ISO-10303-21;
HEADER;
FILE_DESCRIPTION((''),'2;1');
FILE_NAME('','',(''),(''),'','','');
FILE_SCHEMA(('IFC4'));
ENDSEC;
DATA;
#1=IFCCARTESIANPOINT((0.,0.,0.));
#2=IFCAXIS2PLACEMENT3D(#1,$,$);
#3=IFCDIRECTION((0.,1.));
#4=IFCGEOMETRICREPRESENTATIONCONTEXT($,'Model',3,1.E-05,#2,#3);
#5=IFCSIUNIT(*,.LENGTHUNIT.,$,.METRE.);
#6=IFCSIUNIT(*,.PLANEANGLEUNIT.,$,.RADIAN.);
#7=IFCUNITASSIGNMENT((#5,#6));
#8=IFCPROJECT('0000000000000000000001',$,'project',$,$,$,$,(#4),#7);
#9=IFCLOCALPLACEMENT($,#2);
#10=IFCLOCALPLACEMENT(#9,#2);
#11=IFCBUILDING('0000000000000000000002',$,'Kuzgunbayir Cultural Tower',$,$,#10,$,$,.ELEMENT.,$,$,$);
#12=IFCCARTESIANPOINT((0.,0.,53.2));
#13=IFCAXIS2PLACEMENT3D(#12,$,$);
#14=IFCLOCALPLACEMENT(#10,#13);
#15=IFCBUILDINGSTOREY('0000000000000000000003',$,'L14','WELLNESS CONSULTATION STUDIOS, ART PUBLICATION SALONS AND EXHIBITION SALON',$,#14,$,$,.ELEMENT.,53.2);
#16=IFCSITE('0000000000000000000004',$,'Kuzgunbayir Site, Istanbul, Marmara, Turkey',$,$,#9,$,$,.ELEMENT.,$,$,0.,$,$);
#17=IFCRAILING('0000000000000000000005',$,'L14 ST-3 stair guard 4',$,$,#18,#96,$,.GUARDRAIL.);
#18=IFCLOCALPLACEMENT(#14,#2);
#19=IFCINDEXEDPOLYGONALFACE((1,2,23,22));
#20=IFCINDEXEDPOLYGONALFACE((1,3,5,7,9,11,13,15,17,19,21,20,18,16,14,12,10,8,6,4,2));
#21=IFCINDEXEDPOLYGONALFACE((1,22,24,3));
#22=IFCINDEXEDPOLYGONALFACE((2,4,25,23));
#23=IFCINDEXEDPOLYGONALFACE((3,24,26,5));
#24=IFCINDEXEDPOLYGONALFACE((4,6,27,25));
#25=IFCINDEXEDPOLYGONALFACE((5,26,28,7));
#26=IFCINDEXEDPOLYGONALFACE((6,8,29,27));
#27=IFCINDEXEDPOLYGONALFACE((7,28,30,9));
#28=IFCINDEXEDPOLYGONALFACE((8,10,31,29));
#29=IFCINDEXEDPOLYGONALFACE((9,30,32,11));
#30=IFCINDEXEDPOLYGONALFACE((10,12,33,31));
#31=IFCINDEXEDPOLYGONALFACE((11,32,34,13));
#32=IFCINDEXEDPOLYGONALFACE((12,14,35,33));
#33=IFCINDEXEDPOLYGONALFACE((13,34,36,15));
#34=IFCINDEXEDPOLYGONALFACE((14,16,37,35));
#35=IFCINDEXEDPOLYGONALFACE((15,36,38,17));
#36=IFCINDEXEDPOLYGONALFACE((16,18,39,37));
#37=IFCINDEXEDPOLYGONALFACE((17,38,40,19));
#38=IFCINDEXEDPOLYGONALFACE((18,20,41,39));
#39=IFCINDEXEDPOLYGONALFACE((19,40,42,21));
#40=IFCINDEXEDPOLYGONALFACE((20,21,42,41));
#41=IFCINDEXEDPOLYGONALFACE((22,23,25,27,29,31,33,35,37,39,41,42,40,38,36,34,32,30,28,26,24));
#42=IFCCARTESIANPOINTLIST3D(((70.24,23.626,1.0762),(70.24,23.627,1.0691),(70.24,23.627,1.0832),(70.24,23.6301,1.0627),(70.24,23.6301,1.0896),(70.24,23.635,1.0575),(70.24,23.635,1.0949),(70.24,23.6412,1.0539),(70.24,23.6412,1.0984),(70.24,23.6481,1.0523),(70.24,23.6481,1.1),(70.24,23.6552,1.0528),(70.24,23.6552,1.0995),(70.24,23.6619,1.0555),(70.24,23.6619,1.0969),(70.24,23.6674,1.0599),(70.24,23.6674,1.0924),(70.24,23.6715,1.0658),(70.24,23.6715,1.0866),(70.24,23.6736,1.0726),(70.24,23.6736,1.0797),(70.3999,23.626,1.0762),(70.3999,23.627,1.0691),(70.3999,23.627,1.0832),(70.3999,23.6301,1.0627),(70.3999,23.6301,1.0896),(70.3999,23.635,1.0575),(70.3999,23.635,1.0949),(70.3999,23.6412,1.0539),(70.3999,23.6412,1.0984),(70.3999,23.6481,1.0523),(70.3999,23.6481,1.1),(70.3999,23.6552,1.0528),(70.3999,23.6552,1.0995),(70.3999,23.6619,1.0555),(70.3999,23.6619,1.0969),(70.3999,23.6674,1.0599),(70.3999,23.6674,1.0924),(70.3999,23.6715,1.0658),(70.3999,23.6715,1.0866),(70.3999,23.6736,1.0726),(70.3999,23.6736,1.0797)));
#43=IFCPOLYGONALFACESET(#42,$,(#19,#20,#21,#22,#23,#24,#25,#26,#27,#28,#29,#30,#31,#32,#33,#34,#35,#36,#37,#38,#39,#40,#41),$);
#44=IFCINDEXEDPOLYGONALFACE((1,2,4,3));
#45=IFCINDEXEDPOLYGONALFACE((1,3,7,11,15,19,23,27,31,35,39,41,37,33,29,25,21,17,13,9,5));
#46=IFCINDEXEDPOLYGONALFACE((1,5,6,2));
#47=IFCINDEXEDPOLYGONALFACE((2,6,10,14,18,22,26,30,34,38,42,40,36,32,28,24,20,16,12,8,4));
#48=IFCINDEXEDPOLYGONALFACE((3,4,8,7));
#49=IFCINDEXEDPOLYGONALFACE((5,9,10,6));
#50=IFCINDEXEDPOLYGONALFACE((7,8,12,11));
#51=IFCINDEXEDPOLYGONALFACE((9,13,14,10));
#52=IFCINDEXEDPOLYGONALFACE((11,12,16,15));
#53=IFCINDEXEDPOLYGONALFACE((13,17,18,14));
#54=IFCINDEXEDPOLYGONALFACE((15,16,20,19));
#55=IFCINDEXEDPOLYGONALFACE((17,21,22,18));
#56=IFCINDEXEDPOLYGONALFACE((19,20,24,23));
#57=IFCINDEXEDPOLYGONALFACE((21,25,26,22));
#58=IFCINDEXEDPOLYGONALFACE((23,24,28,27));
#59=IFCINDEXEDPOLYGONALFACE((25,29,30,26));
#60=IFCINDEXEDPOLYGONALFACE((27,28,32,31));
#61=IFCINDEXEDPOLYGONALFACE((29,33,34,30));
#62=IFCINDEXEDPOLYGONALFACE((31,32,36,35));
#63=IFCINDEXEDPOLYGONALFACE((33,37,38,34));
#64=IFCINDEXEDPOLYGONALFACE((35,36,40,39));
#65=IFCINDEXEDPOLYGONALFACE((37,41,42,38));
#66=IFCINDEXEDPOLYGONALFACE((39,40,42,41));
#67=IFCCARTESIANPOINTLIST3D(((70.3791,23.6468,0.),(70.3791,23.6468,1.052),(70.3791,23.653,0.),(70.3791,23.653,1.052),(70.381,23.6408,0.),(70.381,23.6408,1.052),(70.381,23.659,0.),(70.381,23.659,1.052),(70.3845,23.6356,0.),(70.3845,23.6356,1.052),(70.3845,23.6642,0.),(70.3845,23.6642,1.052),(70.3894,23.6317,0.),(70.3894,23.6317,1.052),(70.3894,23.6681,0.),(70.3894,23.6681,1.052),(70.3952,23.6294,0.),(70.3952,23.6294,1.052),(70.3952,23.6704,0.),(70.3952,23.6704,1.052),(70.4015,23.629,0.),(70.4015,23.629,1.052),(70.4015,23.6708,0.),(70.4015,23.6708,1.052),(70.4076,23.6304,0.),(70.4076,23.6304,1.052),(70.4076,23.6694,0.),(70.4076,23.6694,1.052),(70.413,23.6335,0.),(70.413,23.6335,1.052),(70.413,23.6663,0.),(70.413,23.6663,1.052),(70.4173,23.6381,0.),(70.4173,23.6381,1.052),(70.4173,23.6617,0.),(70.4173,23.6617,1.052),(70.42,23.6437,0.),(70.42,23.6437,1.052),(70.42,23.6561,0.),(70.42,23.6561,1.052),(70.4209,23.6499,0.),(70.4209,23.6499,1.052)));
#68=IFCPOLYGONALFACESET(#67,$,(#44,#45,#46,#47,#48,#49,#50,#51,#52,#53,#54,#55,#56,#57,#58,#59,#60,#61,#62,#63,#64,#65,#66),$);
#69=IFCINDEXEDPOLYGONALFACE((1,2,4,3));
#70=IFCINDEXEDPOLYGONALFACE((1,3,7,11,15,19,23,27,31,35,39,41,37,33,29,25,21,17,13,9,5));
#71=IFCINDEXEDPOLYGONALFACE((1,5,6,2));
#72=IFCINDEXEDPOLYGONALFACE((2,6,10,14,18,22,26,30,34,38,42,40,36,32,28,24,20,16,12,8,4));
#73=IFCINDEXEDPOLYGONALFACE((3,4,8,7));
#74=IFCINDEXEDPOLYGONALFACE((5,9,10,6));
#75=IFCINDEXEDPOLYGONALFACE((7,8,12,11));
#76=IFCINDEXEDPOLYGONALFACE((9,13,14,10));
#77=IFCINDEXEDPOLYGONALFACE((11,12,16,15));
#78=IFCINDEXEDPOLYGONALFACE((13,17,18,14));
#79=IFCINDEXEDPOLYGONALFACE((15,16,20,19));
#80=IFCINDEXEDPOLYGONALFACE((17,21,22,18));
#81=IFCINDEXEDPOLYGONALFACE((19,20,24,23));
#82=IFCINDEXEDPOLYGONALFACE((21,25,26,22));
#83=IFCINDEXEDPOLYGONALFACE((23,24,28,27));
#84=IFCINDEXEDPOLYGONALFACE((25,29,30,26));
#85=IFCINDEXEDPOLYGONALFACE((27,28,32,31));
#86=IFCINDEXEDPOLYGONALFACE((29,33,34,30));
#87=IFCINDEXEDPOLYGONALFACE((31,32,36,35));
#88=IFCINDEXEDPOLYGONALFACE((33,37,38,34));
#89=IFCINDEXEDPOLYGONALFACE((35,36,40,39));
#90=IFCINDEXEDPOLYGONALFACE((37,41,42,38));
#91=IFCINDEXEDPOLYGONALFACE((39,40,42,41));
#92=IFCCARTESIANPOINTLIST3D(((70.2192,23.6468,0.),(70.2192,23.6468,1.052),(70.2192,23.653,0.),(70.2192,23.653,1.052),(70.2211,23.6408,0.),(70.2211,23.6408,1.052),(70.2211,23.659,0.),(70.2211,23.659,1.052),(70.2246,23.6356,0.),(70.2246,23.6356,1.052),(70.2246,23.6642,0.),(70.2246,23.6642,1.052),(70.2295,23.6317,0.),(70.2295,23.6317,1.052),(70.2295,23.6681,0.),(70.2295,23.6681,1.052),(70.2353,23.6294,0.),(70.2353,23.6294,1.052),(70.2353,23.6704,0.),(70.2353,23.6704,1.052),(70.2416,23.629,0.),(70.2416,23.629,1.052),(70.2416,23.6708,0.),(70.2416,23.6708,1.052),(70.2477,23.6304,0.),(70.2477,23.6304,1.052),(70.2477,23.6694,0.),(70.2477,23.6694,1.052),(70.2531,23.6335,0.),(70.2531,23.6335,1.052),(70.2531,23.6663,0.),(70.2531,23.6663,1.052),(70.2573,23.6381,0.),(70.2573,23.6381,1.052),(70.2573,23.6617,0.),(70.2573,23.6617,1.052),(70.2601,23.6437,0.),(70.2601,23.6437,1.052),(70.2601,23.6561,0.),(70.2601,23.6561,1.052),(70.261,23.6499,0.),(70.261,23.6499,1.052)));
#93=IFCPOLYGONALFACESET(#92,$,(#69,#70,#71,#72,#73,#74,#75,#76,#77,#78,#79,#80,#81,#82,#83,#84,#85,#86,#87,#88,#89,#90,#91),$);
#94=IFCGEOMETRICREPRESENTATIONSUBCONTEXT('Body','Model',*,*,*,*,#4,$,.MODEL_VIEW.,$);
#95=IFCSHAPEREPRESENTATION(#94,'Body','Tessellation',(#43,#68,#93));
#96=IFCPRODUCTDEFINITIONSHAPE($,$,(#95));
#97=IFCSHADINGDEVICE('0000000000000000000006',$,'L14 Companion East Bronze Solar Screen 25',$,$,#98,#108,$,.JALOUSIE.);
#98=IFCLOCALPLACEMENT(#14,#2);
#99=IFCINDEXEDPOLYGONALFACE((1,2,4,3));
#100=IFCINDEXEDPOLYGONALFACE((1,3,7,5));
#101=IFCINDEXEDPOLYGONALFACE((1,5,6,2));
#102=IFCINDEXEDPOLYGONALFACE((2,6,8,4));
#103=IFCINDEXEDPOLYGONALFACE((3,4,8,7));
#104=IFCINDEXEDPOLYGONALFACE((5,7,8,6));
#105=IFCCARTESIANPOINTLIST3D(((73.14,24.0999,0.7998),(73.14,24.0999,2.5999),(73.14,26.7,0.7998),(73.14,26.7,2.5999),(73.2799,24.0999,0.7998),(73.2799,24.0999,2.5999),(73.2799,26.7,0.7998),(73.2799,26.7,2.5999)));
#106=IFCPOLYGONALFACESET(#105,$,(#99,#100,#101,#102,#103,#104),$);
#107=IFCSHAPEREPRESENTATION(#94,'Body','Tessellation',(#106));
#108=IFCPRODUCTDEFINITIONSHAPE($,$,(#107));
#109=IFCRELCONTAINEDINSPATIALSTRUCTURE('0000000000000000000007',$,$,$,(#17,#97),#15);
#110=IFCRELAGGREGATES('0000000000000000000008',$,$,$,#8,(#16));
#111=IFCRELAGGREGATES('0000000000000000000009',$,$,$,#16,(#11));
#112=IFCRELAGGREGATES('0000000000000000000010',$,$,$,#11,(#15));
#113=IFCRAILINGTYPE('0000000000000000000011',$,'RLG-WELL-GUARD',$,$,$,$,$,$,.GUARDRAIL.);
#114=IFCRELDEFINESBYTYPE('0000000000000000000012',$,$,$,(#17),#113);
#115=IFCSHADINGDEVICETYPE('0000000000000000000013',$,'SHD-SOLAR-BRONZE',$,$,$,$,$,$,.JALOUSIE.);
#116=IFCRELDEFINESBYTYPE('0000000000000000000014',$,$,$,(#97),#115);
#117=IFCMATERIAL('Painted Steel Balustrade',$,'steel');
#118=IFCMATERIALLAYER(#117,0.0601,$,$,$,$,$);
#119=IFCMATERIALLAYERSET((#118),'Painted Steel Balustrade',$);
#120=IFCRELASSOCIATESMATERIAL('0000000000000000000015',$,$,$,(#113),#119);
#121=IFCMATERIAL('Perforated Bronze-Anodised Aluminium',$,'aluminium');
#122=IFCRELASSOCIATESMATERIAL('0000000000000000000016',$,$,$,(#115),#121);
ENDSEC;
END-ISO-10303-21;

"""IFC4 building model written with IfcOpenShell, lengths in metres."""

from ifc_helpers import new_model, si_unit, direction, frame, origin, origin_2d, place, context, subcontext, project, spatial, rectangle, circle, extrude, material, layer, layer_set, type_object, element, save


model = new_model("IFC4")

# Units and contexts
model_context = context("Model", 3, precision=1e-05, world=origin(), true_north=direction((0.0, 1.0)))
body_context = subcontext(model_context, "Body", "Model", "MODEL_VIEW")
ifc_project = project(units=[si_unit("LENGTHUNIT", "METRE"), si_unit("PLANEANGLEUNIT", "RADIAN")], contexts=[model_context])

# Site, building, storey
site_placement = place(None, origin())
site = spatial("IfcSite", under=ifc_project, at=site_placement, Name="Kuzgunbayir Site, Istanbul, Marmara, Turkey", CompositionType="ELEMENT", RefElevation=0.0)
building_placement = place(site_placement, origin())
building = spatial("IfcBuilding", under=site, at=building_placement, Name="Kuzgunbayir Cultural Tower", CompositionType="ELEMENT")
storey_placement = place(building_placement, frame((0.0, 0.0, 53.2)))
storey = spatial("IfcBuildingStorey", under=building, at=storey_placement, Name="L14", Description="WELLNESS CONSULTATION STUDIOS, ART PUBLICATION SALONS AND EXHIBITION SALON", CompositionType="ELEMENT", Elevation=53.2)

# Railing
ifc_material_1 = material(Name="Painted Steel Balustrade", Category="steel")
ifc_layer_1 = layer(ifc_material_1, 0.0601)
ifc_layer_set_1 = layer_set([ifc_layer_1], Name="Painted Steel Balustrade")
railing_type_1 = type_object("IfcRailingType", Name="RLG-WELL-GUARD", PredefinedType="GUARDRAIL", material=ifc_layer_set_1)
railing_1_placement = place(storey_placement, frame((70.3999, 23.6499, 0.0)))
element("IfcRailing", 1, at=railing_1_placement, inside=storey, type_object=railing_type_1, Name="L14 ST-3 stair guard 4", PredefinedType="GUARDRAIL", context=body_context, shape_type="SweptSolid", body=[
    extrude(circle(Radius=0.0239, at=origin_2d()), frame((0.0, 0.0, 1.0762), z_axis=(-1.0, 0.0, 0.0), x_axis=(0.0, -1.0, 0.0)), (0.0, 0.0, 1.0), 0.1599),
    extrude(circle(Radius=0.021, at=origin_2d()), origin(), (0.0, 0.0, 1.0), 1.052),
    extrude(circle(Radius=0.021, at=origin_2d()), frame((-0.1599, 0.0, 0.0)), (0.0, 0.0, 1.0), 1.052),
])

# Shading device
ifc_material_2 = material(Name="Perforated Bronze-Anodised Aluminium", Category="aluminium")
shading_device_type = type_object("IfcShadingDeviceType", Name="SHD-SOLAR-BRONZE", PredefinedType="JALOUSIE", material=ifc_material_2)
shading_device_placement = place(storey_placement, frame((73.21, 25.3999, 0.7998), z_axis=(0.0, 0.0, 1.0), x_axis=(1.0, 0.0, 0.0)))
element("IfcShadingDevice", 2, at=shading_device_placement, inside=storey, type_object=shading_device_type, Name="L14 Companion East Bronze Solar Screen 25", PredefinedType="JALOUSIE", context=body_context, shape_type="SweptSolid", body=[
    extrude(rectangle(XDim=0.1399, YDim=2.6001, at=origin_2d()), origin(), (0.0, 0.0, 1.0), 1.8),
])

save(model, "model.ifc")
